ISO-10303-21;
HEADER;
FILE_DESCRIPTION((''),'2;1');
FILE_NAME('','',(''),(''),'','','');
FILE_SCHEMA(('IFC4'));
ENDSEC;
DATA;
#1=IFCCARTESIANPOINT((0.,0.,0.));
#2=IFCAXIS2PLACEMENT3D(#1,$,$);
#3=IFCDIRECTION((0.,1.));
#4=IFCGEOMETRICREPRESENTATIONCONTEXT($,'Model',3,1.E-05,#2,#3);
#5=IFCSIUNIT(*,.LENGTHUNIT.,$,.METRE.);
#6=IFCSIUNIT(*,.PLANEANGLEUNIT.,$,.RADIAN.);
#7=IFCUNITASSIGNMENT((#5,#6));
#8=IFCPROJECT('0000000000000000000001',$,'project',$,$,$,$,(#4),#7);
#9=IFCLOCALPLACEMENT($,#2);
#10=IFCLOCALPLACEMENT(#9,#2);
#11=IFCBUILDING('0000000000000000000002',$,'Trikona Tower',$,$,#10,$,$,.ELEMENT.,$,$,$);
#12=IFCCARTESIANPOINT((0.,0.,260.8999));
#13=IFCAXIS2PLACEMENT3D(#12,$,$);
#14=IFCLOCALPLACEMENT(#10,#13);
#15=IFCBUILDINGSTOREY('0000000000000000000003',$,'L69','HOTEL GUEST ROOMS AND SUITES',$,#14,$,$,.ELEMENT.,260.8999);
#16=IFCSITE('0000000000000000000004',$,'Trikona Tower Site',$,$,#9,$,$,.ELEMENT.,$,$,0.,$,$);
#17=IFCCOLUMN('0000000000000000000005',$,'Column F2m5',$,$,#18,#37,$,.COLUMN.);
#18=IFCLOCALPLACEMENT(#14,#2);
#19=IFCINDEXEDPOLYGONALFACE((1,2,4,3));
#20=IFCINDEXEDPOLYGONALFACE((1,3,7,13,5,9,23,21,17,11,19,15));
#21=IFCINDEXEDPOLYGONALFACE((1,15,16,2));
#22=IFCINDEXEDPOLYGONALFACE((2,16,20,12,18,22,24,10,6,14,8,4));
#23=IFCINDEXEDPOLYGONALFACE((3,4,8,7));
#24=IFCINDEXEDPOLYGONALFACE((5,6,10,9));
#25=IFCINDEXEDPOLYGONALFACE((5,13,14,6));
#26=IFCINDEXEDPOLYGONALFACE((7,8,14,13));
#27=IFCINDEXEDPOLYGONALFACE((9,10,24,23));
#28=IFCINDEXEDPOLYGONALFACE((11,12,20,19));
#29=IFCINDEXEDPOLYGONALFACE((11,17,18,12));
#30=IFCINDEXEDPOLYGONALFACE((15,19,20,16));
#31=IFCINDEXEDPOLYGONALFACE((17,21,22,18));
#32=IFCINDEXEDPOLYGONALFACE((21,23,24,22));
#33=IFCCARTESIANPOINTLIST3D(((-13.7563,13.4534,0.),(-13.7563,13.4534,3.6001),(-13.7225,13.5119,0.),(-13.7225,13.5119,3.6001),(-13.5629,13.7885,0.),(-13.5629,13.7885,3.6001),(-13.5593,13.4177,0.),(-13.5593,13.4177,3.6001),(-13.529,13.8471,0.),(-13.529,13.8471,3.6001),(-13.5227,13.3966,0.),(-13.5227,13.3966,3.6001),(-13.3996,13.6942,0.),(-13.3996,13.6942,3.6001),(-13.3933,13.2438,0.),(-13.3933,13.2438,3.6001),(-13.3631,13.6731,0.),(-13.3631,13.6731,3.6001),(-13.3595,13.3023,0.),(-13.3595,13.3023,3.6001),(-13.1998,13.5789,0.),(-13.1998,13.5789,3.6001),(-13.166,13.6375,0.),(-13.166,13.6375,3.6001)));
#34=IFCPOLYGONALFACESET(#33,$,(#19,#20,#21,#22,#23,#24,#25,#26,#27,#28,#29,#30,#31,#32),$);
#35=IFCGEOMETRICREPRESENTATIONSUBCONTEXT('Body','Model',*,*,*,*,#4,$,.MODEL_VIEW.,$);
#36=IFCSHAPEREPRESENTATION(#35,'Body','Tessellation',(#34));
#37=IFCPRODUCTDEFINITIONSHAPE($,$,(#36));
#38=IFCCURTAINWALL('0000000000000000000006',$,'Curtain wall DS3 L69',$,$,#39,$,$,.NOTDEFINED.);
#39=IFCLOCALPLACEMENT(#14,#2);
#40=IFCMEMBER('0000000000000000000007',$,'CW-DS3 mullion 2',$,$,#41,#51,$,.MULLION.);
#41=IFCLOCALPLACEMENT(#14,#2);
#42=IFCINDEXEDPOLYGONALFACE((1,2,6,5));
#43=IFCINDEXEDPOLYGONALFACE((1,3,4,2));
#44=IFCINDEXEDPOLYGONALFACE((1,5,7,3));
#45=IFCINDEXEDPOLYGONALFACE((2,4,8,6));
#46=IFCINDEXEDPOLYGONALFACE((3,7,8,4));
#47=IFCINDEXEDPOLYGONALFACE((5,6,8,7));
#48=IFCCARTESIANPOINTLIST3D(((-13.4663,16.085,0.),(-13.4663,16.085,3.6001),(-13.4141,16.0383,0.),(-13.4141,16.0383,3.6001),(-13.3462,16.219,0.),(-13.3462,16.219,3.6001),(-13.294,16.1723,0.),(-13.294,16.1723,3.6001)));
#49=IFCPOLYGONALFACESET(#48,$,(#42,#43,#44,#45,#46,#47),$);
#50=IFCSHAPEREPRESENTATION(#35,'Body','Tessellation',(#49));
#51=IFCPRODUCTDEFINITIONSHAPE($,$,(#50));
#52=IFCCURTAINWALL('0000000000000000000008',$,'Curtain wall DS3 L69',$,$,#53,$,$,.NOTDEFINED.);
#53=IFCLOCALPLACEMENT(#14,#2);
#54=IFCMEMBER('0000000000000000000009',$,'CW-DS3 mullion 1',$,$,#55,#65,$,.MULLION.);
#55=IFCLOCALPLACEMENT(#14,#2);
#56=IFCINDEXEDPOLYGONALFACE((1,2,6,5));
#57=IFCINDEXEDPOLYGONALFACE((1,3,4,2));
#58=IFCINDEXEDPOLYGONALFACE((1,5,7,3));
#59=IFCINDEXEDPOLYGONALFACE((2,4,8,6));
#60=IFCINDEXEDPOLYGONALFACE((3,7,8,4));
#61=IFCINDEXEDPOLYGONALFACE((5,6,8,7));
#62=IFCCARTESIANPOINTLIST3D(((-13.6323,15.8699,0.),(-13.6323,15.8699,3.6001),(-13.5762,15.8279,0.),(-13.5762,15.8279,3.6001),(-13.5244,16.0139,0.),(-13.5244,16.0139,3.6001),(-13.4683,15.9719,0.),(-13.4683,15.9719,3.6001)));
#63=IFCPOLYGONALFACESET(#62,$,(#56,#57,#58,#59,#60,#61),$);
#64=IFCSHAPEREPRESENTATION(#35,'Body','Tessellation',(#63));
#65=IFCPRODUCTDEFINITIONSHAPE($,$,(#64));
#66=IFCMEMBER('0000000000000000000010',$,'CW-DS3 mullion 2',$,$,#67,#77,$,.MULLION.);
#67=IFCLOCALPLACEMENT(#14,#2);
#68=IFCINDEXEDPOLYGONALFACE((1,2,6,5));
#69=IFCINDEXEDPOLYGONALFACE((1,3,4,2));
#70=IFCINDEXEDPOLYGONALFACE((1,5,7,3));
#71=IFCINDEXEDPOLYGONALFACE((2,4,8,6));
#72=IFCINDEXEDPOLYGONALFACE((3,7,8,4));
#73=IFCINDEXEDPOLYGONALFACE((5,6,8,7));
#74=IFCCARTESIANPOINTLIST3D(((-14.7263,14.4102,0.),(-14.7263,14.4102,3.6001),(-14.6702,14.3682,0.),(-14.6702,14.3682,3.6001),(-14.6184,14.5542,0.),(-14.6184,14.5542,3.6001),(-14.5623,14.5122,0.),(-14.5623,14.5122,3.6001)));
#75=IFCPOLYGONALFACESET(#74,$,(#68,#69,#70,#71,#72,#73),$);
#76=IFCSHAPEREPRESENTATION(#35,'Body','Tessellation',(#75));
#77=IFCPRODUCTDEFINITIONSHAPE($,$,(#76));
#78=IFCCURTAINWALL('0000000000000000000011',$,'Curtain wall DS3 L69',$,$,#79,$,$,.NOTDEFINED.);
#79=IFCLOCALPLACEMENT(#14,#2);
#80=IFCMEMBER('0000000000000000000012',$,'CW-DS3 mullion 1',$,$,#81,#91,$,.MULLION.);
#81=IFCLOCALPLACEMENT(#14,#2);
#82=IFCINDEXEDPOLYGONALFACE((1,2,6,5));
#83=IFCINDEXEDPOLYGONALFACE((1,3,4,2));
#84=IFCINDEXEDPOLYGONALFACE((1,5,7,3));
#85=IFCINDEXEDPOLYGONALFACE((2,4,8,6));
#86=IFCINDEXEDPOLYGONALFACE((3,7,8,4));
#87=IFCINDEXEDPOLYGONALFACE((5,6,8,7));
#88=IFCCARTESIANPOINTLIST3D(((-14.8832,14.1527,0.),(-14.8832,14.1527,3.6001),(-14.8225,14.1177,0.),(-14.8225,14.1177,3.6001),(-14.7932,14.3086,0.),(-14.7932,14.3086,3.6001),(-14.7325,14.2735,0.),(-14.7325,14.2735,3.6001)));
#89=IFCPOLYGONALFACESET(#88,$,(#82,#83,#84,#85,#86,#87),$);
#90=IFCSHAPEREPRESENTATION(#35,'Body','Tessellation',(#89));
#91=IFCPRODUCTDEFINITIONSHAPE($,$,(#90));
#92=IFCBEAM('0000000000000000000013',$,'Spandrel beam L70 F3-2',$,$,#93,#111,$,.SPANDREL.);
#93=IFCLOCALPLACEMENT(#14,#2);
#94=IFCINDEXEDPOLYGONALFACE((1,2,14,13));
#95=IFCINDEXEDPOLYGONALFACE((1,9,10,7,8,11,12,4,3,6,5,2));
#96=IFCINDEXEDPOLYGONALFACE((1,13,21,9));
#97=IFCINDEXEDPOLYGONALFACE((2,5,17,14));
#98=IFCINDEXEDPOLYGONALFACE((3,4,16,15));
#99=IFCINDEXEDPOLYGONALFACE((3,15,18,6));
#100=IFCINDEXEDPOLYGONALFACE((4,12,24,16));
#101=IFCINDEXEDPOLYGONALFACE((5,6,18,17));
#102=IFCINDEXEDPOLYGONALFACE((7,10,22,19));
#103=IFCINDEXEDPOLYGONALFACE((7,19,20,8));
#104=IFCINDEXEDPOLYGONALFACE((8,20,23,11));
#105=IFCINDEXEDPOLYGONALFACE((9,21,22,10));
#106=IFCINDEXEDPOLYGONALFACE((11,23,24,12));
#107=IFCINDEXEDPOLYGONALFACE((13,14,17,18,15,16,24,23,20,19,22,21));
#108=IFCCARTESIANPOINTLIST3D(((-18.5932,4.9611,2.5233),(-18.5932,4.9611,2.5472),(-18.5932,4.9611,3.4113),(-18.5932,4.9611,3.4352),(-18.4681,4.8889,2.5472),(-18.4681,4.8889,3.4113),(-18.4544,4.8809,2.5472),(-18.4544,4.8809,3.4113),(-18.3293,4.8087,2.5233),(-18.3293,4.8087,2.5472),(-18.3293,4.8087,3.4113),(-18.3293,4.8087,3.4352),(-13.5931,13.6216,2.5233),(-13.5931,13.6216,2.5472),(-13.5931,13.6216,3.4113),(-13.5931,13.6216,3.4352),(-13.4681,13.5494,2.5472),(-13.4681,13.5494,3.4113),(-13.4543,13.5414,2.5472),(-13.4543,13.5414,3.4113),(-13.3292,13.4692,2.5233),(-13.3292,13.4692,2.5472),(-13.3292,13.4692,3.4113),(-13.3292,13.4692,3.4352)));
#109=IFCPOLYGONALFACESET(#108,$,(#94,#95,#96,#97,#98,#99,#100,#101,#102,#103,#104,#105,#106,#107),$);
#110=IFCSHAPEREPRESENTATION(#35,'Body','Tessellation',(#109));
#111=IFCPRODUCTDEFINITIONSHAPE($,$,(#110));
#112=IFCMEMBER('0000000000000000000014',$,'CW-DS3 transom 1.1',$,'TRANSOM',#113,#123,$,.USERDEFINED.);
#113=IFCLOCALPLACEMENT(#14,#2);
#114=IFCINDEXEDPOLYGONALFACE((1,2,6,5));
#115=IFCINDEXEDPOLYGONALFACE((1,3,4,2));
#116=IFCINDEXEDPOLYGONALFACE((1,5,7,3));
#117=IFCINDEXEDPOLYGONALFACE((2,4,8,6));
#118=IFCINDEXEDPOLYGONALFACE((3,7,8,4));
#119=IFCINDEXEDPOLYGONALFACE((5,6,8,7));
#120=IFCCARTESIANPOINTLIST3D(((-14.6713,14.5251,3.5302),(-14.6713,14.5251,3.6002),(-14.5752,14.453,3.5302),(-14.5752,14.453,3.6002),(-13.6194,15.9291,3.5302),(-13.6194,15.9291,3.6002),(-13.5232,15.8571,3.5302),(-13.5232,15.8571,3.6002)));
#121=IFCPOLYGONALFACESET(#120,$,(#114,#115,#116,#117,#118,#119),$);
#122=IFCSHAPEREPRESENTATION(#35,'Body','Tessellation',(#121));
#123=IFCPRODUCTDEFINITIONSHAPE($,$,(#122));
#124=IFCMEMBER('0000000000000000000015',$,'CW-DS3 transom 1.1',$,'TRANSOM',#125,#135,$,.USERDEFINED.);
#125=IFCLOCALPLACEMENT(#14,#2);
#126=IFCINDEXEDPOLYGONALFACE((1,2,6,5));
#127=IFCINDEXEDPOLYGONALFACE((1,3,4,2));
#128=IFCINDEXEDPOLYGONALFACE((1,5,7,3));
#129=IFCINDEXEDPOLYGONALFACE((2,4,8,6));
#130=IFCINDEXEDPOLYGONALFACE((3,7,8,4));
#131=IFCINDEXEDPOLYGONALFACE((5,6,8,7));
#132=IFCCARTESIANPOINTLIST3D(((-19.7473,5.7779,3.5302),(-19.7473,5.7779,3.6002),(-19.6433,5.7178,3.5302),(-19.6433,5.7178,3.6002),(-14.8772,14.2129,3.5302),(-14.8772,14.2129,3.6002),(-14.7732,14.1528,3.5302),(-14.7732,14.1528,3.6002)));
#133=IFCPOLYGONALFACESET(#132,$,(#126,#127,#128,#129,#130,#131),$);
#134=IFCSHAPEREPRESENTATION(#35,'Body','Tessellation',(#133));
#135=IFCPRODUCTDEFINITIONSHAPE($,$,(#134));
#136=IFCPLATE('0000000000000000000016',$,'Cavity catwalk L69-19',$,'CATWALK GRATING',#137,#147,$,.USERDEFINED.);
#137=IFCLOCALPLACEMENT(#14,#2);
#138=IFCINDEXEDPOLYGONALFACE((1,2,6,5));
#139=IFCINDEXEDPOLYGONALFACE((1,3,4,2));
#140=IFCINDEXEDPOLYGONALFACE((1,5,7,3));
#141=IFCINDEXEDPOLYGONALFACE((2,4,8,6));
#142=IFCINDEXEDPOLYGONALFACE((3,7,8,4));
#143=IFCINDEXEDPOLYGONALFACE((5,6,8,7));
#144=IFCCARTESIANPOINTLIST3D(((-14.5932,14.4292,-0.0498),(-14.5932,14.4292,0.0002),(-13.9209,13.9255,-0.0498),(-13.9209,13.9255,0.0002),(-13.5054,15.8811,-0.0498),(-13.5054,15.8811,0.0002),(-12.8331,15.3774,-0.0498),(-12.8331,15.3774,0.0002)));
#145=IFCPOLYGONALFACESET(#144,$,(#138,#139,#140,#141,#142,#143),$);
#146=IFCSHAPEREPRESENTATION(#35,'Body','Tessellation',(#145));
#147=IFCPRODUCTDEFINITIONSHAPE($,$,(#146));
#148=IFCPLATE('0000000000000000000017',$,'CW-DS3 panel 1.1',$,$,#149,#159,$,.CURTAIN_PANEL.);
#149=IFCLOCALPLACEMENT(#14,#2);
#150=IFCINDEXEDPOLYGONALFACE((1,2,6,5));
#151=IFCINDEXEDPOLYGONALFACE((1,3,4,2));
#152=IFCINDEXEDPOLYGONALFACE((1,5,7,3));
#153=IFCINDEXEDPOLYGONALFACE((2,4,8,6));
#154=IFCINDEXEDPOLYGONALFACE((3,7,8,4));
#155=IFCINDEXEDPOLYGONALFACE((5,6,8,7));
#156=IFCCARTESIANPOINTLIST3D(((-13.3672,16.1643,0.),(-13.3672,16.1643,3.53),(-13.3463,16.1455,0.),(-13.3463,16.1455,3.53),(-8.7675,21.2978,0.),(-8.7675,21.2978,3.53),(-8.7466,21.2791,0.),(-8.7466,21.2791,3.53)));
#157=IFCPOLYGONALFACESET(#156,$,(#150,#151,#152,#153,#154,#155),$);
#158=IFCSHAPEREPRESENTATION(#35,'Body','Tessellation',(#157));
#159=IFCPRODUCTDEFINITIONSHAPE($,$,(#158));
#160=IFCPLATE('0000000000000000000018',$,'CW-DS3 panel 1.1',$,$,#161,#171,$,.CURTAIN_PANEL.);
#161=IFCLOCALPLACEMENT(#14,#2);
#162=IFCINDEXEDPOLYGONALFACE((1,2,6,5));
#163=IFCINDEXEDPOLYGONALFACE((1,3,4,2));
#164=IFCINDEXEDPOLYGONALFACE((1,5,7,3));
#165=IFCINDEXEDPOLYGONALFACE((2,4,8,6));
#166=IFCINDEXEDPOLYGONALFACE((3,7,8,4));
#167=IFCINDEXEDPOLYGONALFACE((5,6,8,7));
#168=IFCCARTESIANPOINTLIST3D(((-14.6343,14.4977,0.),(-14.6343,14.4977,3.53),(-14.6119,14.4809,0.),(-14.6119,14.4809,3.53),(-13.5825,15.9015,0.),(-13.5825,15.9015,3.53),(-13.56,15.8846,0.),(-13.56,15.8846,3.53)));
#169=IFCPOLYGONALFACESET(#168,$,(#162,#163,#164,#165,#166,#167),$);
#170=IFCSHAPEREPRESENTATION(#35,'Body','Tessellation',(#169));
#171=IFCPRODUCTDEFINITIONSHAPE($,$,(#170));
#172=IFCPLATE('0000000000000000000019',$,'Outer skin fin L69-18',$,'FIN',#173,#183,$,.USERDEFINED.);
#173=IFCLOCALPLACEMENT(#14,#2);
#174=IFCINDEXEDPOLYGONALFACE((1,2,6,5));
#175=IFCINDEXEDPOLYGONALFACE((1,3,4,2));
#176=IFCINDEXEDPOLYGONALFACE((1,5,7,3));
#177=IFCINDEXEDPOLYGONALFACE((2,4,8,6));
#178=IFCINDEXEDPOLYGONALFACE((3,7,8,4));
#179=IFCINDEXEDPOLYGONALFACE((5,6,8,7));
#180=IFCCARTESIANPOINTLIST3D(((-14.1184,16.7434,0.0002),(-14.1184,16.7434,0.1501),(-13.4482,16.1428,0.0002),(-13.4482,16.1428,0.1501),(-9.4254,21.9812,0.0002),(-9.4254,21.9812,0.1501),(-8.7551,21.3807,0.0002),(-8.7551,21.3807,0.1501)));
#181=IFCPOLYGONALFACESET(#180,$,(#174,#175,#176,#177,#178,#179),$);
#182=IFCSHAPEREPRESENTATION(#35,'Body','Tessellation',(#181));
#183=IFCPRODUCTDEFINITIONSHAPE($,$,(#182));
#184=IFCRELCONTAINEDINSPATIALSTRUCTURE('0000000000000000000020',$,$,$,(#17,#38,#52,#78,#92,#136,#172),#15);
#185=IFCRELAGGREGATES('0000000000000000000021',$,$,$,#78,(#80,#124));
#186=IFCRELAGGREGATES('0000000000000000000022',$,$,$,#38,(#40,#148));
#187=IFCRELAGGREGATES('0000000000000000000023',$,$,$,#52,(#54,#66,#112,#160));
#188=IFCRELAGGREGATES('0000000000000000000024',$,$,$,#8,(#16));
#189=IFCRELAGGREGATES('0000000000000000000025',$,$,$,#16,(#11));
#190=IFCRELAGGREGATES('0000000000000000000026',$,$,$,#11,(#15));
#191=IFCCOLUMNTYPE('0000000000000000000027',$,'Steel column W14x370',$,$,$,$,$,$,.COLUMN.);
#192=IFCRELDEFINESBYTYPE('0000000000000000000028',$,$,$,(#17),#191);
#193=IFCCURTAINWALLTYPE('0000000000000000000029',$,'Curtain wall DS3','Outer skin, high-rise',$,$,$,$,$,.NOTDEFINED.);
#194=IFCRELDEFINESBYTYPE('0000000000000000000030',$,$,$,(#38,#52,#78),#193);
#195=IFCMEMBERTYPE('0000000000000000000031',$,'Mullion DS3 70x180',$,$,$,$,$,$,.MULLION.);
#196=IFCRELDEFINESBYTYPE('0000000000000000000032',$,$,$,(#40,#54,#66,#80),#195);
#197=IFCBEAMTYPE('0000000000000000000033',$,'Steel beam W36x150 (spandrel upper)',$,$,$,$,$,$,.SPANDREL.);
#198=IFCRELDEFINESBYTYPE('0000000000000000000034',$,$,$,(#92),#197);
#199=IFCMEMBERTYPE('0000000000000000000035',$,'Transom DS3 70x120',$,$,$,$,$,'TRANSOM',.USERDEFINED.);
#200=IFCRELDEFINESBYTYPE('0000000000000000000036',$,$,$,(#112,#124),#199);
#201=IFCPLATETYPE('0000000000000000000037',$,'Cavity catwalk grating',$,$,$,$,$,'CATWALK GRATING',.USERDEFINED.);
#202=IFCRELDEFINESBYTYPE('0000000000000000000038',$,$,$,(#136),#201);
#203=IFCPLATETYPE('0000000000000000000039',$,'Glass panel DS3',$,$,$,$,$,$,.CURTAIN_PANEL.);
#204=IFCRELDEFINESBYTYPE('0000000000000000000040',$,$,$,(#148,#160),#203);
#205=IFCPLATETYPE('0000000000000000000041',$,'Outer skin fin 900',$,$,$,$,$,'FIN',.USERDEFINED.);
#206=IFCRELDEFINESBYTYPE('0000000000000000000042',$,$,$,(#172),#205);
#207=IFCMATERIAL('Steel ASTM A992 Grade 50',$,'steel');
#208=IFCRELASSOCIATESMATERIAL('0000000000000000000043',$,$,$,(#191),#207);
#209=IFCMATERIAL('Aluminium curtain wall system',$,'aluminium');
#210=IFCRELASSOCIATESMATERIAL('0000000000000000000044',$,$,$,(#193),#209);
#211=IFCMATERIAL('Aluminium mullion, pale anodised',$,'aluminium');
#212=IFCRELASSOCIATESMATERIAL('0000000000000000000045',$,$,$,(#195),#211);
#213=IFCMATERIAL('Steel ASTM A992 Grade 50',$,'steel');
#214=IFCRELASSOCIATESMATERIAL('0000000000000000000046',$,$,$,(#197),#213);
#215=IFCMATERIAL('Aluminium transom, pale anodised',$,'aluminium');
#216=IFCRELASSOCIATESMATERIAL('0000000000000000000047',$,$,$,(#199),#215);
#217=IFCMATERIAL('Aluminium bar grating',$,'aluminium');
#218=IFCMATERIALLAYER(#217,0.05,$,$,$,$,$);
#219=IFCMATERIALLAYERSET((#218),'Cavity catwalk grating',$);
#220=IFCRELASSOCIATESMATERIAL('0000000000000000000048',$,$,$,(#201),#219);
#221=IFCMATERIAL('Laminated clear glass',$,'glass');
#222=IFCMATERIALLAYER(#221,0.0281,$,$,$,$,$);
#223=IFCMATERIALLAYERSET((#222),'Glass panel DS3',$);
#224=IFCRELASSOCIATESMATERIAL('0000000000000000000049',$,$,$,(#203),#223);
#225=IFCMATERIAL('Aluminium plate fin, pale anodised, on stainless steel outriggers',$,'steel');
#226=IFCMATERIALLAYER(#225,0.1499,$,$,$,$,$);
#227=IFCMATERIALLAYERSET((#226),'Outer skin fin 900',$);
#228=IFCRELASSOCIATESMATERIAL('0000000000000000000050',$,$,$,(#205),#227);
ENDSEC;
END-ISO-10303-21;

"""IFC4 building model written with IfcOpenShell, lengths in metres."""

from ifc_helpers import new_model, si_unit, direction, frame, origin, origin_2d, place, context, subcontext, project, spatial, rectangle, i_section, extrude, material, layer, layer_set, material_profile, profile_set, type_object, element, aggregate, save


model = new_model("IFC4")

# Units and contexts
model_context = context("Model", 3, precision=1e-05, world=origin(), true_north=direction((0.0, 1.0)))
body_context = subcontext(model_context, "Body", "Model", "MODEL_VIEW")
ifc_project = project(units=[si_unit("LENGTHUNIT", "METRE"), si_unit("PLANEANGLEUNIT", "RADIAN")], contexts=[model_context])

# Site, building, storey
site_placement = place(None, origin())
site = spatial("IfcSite", under=ifc_project, at=site_placement, Name="Trikona Tower Site", CompositionType="ELEMENT", RefElevation=0.0)
building_placement = place(site_placement, origin())
building = spatial("IfcBuilding", under=site, at=building_placement, Name="Trikona Tower", CompositionType="ELEMENT")
storey_placement = place(building_placement, frame((0.0, 0.0, 260.8999)))
storey = spatial("IfcBuildingStorey", under=building, at=storey_placement, Name="L69", Description="HOTEL GUEST ROOMS AND SUITES", CompositionType="ELEMENT", Elevation=260.8999)

# Column
ifc_material_1 = material(Name="Steel ASTM A992 Grade 50", Category="steel")
ifc_material_profile_1 = material_profile(ifc_material_1, i_section(OverallWidth=0.4192, OverallDepth=0.4546, WebThickness=0.0422, FlangeThickness=0.0676, at=origin_2d()), Name="W14X370")
ifc_profile_set_1 = profile_set([ifc_material_profile_1], Name="Steel ASTM A992 Grade 50")
column_type = type_object("IfcColumnType", Name="Steel column W14x370", PredefinedType="COLUMN", material=ifc_profile_set_1)
column_placement = place(storey_placement, frame((-13.4612, 13.5454, 0.0), z_axis=(0.0, 0.0, 1.0), x_axis=(-0.866025, 0.5, 0.0)))
element("IfcColumn", 1, at=column_placement, inside=storey, type_object=column_type, Name="Column F2m5", PredefinedType="COLUMN", context=body_context, shape_type="SweptSolid", body=[
    extrude(i_section(OverallWidth=0.4192, OverallDepth=0.4546, WebThickness=0.0422, FlangeThickness=0.0676, at=origin_2d()), origin(), (0.0, 0.0, 1.0), 3.6001),
])

# Curtain wall, member
ifc_material_2 = material(Name="Aluminium curtain wall system", Category="aluminium")
curtain_wall_type = type_object("IfcCurtainWallType", Name="Curtain wall DS3", Description="Outer skin, high-rise", PredefinedType="NOTDEFINED", material=ifc_material_2)
curtain_wall_1_placement = place(storey_placement, origin())
curtain_wall_1 = element("IfcCurtainWall", 2, at=curtain_wall_1_placement, inside=storey, type_object=curtain_wall_type, Name="Curtain wall DS3 L69", PredefinedType="NOTDEFINED")
ifc_material_3 = material(Name="Aluminium mullion, pale anodised", Category="aluminium")
ifc_material_profile_2 = material_profile(ifc_material_3, rectangle(XDim=0.0701, YDim=0.1799, at=origin_2d()), Name="MUL-DS3")
ifc_profile_set_2 = profile_set([ifc_material_profile_2], Name="Aluminium mullion, pale anodised")
member_type_1 = type_object("IfcMemberType", Name="Mullion DS3 70x180", PredefinedType="MULLION", material=ifc_profile_set_2)
member_1_placement = place(storey_placement, frame((-13.3801, 16.1287, 0.0), z_axis=(0.0, 0.0, 1.0), x_axis=(0.744771, -0.66732, 0.0)))
member_1 = element("IfcMember", 3, at=member_1_placement, type_object=member_type_1, Name="CW-DS3 mullion 2", PredefinedType="MULLION", context=body_context, shape_type="SweptSolid", body=[
    extrude(rectangle(XDim=0.0701, YDim=0.1799, at=origin_2d()), origin(), (0.0, 0.0, 1.0), 3.6001),
])

# Curtain wall, members
curtain_wall_2_placement = place(storey_placement, origin())
curtain_wall_2 = element("IfcCurtainWall", 4, at=curtain_wall_2_placement, inside=storey, type_object=curtain_wall_type, Name="Curtain wall DS3 L69", PredefinedType="NOTDEFINED")
member_2_placement = place(storey_placement, frame((-13.5503, 15.9209, 0.0), z_axis=(0.0, 0.0, 1.0), x_axis=(0.80026, -0.599654, 0.0)))
member_2 = element("IfcMember", 5, at=member_2_placement, type_object=member_type_1, Name="CW-DS3 mullion 1", PredefinedType="MULLION", context=body_context, shape_type="SweptSolid", body=[
    extrude(rectangle(XDim=0.0701, YDim=0.1799, at=origin_2d()), origin(), (0.0, 0.0, 1.0), 3.6001),
])
member_3_placement = place(storey_placement, frame((-14.6443, 14.4612, 0.0), z_axis=(0.0, 0.0, 1.0), x_axis=(0.80026, -0.599654, 0.0)))
member_3 = element("IfcMember", 6, at=member_3_placement, type_object=member_type_1, Name="CW-DS3 mullion 2", PredefinedType="MULLION", context=body_context, shape_type="SweptSolid", body=[
    extrude(rectangle(XDim=0.0701, YDim=0.1799, at=origin_2d()), origin(), (0.0, 0.0, 1.0), 3.6001),
])

# Curtain wall, member
curtain_wall_3_placement = place(storey_placement, origin())
curtain_wall_3 = element("IfcCurtainWall", 7, at=curtain_wall_3_placement, inside=storey, type_object=curtain_wall_type, Name="Curtain wall DS3 L69", PredefinedType="NOTDEFINED")
member_4_placement = place(storey_placement, frame((-14.8079, 14.2131, 0.0), z_axis=(0.0, 0.0, 1.0), x_axis=(0.866025, -0.500001, 0.0)))
member_4 = element("IfcMember", 8, at=member_4_placement, type_object=member_type_1, Name="CW-DS3 mullion 1", PredefinedType="MULLION", context=body_context, shape_type="SweptSolid", body=[
    extrude(rectangle(XDim=0.0701, YDim=0.1799, at=origin_2d()), origin(), (0.0, 0.0, 1.0), 3.6001),
])

# Beam
ifc_material_4 = material(Name="Steel ASTM A992 Grade 50", Category="steel")
ifc_material_profile_3 = material_profile(ifc_material_4, i_section(OverallWidth=0.3047, OverallDepth=0.9119, WebThickness=0.0159, FlangeThickness=0.0239, at=origin_2d()), Name="W36X150")
ifc_profile_set_3 = profile_set([ifc_material_profile_3], Name="Steel ASTM A992 Grade 50")
beam_type = type_object("IfcBeamType", Name="Steel beam W36x150 (spandrel upper)", PredefinedType="SPANDREL", material=ifc_profile_set_3)
beam_placement = place(storey_placement, frame((-13.4612, 13.5454, 2.9792), z_axis=(-0.499994, -0.866029, 0.0), x_axis=(0.866029, -0.499994, 0.0)))
element("IfcBeam", 9, at=beam_placement, inside=storey, type_object=beam_type, Name="Spandrel beam L70 F3-2", PredefinedType="SPANDREL", context=body_context, shape_type="SweptSolid", body=[
    extrude(i_section(OverallWidth=0.3047, OverallDepth=0.9119, WebThickness=0.0159, FlangeThickness=0.0239, at=origin_2d()), origin(), (0.0, 0.0, 1.0), 10.0002),
])

# Members
ifc_material_5 = material(Name="Aluminium transom, pale anodised", Category="aluminium")
ifc_material_profile_4 = material_profile(ifc_material_5, rectangle(XDim=0.1201, YDim=0.0701, at=origin_2d()), Name="TRN-DS3")
ifc_profile_set_4 = profile_set([ifc_material_profile_4], Name="Aluminium transom, pale anodised")
member_type_2 = type_object("IfcMemberType", Name="Transom DS3 70x120", ElementType="TRANSOM", PredefinedType="USERDEFINED", material=ifc_profile_set_4)
member_5_placement = place(storey_placement, frame((-13.5713, 15.8931, 3.5652), z_axis=(-0.599621, -0.800284, 0.0), x_axis=(0.800284, -0.599621, 0.0)))
member_5 = element("IfcMember", 10, at=member_5_placement, type_object=member_type_2, Name="CW-DS3 transom 1.1", ObjectType="TRANSOM", PredefinedType="USERDEFINED", context=body_context, shape_type="SweptSolid", body=[
    extrude(rectangle(XDim=0.1201, YDim=0.0701, at=origin_2d()), origin(), (0.0, 0.0, 1.0), 1.7544),
])
member_6_placement = place(storey_placement, frame((-14.8252, 14.1829, 3.5652), z_axis=(-0.50001, -0.866019, 0.0), x_axis=(0.866019, -0.50001, 0.0)))
member_6 = element("IfcMember", 11, at=member_6_placement, type_object=member_type_2, Name="CW-DS3 transom 1.1", ObjectType="TRANSOM", PredefinedType="USERDEFINED", context=body_context, shape_type="SweptSolid", body=[
    extrude(rectangle(XDim=0.1201, YDim=0.0701, at=origin_2d()), origin(), (0.0, 0.0, 1.0), 9.74),
])
aggregate(curtain_wall_3, [member_4, member_6])

# Plates
ifc_material_6 = material(Name="Aluminium bar grating", Category="aluminium")
ifc_layer_1 = layer(ifc_material_6, 0.05)
ifc_layer_set_1 = layer_set([ifc_layer_1], Name="Cavity catwalk grating")
plate_type_1 = type_object("IfcPlateType", Name="Cavity catwalk grating", ElementType="CATWALK GRATING", PredefinedType="USERDEFINED", material=ifc_layer_set_1)
plate_1_placement = place(storey_placement, frame((-13.7131, 14.9033, -0.0498), z_axis=(0.0, 0.0, 1.0), x_axis=(-0.599619, -0.800286, 0.0)))
element("IfcPlate", 12, at=plate_1_placement, inside=storey, type_object=plate_type_1, Name="Cavity catwalk L69-19", ObjectType="CATWALK GRATING", PredefinedType="USERDEFINED", context=body_context, shape_type="SweptSolid", body=[
    extrude(rectangle(XDim=1.8142, YDim=0.8401, at=origin_2d()), origin(), (0.0, 0.0, 1.0), 0.05),
])
ifc_material_7 = material(Name="Laminated clear glass", Category="glass")
ifc_layer_2 = layer(ifc_material_7, 0.0281)
ifc_layer_set_2 = layer_set([ifc_layer_2], Name="Glass panel DS3")
plate_type_2 = type_object("IfcPlateType", Name="Glass panel DS3", PredefinedType="CURTAIN_PANEL", material=ifc_layer_set_2)
plate_2_placement = place(storey_placement, frame((-11.0569, 18.7217, 0.0), z_axis=(0.0, 0.0, 1.0), x_axis=(-0.66732, -0.744771, 0.0)))
plate_2 = element("IfcPlate", 13, at=plate_2_placement, type_object=plate_type_2, Name="CW-DS3 panel 1.1", PredefinedType="CURTAIN_PANEL", context=body_context, shape_type="SweptSolid", body=[
    extrude(rectangle(XDim=6.8928, YDim=0.0281, at=origin_2d()), origin(), (0.0, 0.0, 1.0), 3.53),
])
aggregate(curtain_wall_1, [member_1, plate_2])
plate_3_placement = place(storey_placement, frame((-14.0972, 15.1912, 0.0), z_axis=(0.0, 0.0, 1.0), x_axis=(-0.599654, -0.80026, 0.0)))
plate_3 = element("IfcPlate", 14, at=plate_3_placement, type_object=plate_type_2, Name="CW-DS3 panel 1.1", PredefinedType="CURTAIN_PANEL", context=body_context, shape_type="SweptSolid", body=[
    extrude(rectangle(XDim=1.7542, YDim=0.0281, at=origin_2d()), origin(), (0.0, 0.0, 1.0), 3.53),
])
aggregate(curtain_wall_2, [member_2, member_3, member_5, plate_3])

# Plate
ifc_material_8 = material(Name="Aluminium plate fin, pale anodised, on stainless steel outriggers", Category="steel")
ifc_layer_3 = layer(ifc_material_8, 0.1499)
ifc_layer_set_3 = layer_set([ifc_layer_3], Name="Outer skin fin 900")
plate_type_3 = type_object("IfcPlateType", Name="Outer skin fin 900", ElementType="FIN", PredefinedType="USERDEFINED", material=ifc_layer_set_3)
plate_4_placement = place(storey_placement, frame((-11.4368, 19.062, 0.0002), z_axis=(0.0, 0.0, 1.0), x_axis=(-0.667311, -0.744779, 0.0)))
element("IfcPlate", 15, at=plate_4_placement, inside=storey, type_object=plate_type_3, Name="Outer skin fin L69-18", ObjectType="FIN", PredefinedType="USERDEFINED", context=body_context, shape_type="SweptSolid", body=[
    extrude(rectangle(XDim=7.0327, YDim=0.8999, at=origin_2d()), origin(), (0.0, 0.0, 1.0), 0.1499),
])

save(model, "model.ifc")
